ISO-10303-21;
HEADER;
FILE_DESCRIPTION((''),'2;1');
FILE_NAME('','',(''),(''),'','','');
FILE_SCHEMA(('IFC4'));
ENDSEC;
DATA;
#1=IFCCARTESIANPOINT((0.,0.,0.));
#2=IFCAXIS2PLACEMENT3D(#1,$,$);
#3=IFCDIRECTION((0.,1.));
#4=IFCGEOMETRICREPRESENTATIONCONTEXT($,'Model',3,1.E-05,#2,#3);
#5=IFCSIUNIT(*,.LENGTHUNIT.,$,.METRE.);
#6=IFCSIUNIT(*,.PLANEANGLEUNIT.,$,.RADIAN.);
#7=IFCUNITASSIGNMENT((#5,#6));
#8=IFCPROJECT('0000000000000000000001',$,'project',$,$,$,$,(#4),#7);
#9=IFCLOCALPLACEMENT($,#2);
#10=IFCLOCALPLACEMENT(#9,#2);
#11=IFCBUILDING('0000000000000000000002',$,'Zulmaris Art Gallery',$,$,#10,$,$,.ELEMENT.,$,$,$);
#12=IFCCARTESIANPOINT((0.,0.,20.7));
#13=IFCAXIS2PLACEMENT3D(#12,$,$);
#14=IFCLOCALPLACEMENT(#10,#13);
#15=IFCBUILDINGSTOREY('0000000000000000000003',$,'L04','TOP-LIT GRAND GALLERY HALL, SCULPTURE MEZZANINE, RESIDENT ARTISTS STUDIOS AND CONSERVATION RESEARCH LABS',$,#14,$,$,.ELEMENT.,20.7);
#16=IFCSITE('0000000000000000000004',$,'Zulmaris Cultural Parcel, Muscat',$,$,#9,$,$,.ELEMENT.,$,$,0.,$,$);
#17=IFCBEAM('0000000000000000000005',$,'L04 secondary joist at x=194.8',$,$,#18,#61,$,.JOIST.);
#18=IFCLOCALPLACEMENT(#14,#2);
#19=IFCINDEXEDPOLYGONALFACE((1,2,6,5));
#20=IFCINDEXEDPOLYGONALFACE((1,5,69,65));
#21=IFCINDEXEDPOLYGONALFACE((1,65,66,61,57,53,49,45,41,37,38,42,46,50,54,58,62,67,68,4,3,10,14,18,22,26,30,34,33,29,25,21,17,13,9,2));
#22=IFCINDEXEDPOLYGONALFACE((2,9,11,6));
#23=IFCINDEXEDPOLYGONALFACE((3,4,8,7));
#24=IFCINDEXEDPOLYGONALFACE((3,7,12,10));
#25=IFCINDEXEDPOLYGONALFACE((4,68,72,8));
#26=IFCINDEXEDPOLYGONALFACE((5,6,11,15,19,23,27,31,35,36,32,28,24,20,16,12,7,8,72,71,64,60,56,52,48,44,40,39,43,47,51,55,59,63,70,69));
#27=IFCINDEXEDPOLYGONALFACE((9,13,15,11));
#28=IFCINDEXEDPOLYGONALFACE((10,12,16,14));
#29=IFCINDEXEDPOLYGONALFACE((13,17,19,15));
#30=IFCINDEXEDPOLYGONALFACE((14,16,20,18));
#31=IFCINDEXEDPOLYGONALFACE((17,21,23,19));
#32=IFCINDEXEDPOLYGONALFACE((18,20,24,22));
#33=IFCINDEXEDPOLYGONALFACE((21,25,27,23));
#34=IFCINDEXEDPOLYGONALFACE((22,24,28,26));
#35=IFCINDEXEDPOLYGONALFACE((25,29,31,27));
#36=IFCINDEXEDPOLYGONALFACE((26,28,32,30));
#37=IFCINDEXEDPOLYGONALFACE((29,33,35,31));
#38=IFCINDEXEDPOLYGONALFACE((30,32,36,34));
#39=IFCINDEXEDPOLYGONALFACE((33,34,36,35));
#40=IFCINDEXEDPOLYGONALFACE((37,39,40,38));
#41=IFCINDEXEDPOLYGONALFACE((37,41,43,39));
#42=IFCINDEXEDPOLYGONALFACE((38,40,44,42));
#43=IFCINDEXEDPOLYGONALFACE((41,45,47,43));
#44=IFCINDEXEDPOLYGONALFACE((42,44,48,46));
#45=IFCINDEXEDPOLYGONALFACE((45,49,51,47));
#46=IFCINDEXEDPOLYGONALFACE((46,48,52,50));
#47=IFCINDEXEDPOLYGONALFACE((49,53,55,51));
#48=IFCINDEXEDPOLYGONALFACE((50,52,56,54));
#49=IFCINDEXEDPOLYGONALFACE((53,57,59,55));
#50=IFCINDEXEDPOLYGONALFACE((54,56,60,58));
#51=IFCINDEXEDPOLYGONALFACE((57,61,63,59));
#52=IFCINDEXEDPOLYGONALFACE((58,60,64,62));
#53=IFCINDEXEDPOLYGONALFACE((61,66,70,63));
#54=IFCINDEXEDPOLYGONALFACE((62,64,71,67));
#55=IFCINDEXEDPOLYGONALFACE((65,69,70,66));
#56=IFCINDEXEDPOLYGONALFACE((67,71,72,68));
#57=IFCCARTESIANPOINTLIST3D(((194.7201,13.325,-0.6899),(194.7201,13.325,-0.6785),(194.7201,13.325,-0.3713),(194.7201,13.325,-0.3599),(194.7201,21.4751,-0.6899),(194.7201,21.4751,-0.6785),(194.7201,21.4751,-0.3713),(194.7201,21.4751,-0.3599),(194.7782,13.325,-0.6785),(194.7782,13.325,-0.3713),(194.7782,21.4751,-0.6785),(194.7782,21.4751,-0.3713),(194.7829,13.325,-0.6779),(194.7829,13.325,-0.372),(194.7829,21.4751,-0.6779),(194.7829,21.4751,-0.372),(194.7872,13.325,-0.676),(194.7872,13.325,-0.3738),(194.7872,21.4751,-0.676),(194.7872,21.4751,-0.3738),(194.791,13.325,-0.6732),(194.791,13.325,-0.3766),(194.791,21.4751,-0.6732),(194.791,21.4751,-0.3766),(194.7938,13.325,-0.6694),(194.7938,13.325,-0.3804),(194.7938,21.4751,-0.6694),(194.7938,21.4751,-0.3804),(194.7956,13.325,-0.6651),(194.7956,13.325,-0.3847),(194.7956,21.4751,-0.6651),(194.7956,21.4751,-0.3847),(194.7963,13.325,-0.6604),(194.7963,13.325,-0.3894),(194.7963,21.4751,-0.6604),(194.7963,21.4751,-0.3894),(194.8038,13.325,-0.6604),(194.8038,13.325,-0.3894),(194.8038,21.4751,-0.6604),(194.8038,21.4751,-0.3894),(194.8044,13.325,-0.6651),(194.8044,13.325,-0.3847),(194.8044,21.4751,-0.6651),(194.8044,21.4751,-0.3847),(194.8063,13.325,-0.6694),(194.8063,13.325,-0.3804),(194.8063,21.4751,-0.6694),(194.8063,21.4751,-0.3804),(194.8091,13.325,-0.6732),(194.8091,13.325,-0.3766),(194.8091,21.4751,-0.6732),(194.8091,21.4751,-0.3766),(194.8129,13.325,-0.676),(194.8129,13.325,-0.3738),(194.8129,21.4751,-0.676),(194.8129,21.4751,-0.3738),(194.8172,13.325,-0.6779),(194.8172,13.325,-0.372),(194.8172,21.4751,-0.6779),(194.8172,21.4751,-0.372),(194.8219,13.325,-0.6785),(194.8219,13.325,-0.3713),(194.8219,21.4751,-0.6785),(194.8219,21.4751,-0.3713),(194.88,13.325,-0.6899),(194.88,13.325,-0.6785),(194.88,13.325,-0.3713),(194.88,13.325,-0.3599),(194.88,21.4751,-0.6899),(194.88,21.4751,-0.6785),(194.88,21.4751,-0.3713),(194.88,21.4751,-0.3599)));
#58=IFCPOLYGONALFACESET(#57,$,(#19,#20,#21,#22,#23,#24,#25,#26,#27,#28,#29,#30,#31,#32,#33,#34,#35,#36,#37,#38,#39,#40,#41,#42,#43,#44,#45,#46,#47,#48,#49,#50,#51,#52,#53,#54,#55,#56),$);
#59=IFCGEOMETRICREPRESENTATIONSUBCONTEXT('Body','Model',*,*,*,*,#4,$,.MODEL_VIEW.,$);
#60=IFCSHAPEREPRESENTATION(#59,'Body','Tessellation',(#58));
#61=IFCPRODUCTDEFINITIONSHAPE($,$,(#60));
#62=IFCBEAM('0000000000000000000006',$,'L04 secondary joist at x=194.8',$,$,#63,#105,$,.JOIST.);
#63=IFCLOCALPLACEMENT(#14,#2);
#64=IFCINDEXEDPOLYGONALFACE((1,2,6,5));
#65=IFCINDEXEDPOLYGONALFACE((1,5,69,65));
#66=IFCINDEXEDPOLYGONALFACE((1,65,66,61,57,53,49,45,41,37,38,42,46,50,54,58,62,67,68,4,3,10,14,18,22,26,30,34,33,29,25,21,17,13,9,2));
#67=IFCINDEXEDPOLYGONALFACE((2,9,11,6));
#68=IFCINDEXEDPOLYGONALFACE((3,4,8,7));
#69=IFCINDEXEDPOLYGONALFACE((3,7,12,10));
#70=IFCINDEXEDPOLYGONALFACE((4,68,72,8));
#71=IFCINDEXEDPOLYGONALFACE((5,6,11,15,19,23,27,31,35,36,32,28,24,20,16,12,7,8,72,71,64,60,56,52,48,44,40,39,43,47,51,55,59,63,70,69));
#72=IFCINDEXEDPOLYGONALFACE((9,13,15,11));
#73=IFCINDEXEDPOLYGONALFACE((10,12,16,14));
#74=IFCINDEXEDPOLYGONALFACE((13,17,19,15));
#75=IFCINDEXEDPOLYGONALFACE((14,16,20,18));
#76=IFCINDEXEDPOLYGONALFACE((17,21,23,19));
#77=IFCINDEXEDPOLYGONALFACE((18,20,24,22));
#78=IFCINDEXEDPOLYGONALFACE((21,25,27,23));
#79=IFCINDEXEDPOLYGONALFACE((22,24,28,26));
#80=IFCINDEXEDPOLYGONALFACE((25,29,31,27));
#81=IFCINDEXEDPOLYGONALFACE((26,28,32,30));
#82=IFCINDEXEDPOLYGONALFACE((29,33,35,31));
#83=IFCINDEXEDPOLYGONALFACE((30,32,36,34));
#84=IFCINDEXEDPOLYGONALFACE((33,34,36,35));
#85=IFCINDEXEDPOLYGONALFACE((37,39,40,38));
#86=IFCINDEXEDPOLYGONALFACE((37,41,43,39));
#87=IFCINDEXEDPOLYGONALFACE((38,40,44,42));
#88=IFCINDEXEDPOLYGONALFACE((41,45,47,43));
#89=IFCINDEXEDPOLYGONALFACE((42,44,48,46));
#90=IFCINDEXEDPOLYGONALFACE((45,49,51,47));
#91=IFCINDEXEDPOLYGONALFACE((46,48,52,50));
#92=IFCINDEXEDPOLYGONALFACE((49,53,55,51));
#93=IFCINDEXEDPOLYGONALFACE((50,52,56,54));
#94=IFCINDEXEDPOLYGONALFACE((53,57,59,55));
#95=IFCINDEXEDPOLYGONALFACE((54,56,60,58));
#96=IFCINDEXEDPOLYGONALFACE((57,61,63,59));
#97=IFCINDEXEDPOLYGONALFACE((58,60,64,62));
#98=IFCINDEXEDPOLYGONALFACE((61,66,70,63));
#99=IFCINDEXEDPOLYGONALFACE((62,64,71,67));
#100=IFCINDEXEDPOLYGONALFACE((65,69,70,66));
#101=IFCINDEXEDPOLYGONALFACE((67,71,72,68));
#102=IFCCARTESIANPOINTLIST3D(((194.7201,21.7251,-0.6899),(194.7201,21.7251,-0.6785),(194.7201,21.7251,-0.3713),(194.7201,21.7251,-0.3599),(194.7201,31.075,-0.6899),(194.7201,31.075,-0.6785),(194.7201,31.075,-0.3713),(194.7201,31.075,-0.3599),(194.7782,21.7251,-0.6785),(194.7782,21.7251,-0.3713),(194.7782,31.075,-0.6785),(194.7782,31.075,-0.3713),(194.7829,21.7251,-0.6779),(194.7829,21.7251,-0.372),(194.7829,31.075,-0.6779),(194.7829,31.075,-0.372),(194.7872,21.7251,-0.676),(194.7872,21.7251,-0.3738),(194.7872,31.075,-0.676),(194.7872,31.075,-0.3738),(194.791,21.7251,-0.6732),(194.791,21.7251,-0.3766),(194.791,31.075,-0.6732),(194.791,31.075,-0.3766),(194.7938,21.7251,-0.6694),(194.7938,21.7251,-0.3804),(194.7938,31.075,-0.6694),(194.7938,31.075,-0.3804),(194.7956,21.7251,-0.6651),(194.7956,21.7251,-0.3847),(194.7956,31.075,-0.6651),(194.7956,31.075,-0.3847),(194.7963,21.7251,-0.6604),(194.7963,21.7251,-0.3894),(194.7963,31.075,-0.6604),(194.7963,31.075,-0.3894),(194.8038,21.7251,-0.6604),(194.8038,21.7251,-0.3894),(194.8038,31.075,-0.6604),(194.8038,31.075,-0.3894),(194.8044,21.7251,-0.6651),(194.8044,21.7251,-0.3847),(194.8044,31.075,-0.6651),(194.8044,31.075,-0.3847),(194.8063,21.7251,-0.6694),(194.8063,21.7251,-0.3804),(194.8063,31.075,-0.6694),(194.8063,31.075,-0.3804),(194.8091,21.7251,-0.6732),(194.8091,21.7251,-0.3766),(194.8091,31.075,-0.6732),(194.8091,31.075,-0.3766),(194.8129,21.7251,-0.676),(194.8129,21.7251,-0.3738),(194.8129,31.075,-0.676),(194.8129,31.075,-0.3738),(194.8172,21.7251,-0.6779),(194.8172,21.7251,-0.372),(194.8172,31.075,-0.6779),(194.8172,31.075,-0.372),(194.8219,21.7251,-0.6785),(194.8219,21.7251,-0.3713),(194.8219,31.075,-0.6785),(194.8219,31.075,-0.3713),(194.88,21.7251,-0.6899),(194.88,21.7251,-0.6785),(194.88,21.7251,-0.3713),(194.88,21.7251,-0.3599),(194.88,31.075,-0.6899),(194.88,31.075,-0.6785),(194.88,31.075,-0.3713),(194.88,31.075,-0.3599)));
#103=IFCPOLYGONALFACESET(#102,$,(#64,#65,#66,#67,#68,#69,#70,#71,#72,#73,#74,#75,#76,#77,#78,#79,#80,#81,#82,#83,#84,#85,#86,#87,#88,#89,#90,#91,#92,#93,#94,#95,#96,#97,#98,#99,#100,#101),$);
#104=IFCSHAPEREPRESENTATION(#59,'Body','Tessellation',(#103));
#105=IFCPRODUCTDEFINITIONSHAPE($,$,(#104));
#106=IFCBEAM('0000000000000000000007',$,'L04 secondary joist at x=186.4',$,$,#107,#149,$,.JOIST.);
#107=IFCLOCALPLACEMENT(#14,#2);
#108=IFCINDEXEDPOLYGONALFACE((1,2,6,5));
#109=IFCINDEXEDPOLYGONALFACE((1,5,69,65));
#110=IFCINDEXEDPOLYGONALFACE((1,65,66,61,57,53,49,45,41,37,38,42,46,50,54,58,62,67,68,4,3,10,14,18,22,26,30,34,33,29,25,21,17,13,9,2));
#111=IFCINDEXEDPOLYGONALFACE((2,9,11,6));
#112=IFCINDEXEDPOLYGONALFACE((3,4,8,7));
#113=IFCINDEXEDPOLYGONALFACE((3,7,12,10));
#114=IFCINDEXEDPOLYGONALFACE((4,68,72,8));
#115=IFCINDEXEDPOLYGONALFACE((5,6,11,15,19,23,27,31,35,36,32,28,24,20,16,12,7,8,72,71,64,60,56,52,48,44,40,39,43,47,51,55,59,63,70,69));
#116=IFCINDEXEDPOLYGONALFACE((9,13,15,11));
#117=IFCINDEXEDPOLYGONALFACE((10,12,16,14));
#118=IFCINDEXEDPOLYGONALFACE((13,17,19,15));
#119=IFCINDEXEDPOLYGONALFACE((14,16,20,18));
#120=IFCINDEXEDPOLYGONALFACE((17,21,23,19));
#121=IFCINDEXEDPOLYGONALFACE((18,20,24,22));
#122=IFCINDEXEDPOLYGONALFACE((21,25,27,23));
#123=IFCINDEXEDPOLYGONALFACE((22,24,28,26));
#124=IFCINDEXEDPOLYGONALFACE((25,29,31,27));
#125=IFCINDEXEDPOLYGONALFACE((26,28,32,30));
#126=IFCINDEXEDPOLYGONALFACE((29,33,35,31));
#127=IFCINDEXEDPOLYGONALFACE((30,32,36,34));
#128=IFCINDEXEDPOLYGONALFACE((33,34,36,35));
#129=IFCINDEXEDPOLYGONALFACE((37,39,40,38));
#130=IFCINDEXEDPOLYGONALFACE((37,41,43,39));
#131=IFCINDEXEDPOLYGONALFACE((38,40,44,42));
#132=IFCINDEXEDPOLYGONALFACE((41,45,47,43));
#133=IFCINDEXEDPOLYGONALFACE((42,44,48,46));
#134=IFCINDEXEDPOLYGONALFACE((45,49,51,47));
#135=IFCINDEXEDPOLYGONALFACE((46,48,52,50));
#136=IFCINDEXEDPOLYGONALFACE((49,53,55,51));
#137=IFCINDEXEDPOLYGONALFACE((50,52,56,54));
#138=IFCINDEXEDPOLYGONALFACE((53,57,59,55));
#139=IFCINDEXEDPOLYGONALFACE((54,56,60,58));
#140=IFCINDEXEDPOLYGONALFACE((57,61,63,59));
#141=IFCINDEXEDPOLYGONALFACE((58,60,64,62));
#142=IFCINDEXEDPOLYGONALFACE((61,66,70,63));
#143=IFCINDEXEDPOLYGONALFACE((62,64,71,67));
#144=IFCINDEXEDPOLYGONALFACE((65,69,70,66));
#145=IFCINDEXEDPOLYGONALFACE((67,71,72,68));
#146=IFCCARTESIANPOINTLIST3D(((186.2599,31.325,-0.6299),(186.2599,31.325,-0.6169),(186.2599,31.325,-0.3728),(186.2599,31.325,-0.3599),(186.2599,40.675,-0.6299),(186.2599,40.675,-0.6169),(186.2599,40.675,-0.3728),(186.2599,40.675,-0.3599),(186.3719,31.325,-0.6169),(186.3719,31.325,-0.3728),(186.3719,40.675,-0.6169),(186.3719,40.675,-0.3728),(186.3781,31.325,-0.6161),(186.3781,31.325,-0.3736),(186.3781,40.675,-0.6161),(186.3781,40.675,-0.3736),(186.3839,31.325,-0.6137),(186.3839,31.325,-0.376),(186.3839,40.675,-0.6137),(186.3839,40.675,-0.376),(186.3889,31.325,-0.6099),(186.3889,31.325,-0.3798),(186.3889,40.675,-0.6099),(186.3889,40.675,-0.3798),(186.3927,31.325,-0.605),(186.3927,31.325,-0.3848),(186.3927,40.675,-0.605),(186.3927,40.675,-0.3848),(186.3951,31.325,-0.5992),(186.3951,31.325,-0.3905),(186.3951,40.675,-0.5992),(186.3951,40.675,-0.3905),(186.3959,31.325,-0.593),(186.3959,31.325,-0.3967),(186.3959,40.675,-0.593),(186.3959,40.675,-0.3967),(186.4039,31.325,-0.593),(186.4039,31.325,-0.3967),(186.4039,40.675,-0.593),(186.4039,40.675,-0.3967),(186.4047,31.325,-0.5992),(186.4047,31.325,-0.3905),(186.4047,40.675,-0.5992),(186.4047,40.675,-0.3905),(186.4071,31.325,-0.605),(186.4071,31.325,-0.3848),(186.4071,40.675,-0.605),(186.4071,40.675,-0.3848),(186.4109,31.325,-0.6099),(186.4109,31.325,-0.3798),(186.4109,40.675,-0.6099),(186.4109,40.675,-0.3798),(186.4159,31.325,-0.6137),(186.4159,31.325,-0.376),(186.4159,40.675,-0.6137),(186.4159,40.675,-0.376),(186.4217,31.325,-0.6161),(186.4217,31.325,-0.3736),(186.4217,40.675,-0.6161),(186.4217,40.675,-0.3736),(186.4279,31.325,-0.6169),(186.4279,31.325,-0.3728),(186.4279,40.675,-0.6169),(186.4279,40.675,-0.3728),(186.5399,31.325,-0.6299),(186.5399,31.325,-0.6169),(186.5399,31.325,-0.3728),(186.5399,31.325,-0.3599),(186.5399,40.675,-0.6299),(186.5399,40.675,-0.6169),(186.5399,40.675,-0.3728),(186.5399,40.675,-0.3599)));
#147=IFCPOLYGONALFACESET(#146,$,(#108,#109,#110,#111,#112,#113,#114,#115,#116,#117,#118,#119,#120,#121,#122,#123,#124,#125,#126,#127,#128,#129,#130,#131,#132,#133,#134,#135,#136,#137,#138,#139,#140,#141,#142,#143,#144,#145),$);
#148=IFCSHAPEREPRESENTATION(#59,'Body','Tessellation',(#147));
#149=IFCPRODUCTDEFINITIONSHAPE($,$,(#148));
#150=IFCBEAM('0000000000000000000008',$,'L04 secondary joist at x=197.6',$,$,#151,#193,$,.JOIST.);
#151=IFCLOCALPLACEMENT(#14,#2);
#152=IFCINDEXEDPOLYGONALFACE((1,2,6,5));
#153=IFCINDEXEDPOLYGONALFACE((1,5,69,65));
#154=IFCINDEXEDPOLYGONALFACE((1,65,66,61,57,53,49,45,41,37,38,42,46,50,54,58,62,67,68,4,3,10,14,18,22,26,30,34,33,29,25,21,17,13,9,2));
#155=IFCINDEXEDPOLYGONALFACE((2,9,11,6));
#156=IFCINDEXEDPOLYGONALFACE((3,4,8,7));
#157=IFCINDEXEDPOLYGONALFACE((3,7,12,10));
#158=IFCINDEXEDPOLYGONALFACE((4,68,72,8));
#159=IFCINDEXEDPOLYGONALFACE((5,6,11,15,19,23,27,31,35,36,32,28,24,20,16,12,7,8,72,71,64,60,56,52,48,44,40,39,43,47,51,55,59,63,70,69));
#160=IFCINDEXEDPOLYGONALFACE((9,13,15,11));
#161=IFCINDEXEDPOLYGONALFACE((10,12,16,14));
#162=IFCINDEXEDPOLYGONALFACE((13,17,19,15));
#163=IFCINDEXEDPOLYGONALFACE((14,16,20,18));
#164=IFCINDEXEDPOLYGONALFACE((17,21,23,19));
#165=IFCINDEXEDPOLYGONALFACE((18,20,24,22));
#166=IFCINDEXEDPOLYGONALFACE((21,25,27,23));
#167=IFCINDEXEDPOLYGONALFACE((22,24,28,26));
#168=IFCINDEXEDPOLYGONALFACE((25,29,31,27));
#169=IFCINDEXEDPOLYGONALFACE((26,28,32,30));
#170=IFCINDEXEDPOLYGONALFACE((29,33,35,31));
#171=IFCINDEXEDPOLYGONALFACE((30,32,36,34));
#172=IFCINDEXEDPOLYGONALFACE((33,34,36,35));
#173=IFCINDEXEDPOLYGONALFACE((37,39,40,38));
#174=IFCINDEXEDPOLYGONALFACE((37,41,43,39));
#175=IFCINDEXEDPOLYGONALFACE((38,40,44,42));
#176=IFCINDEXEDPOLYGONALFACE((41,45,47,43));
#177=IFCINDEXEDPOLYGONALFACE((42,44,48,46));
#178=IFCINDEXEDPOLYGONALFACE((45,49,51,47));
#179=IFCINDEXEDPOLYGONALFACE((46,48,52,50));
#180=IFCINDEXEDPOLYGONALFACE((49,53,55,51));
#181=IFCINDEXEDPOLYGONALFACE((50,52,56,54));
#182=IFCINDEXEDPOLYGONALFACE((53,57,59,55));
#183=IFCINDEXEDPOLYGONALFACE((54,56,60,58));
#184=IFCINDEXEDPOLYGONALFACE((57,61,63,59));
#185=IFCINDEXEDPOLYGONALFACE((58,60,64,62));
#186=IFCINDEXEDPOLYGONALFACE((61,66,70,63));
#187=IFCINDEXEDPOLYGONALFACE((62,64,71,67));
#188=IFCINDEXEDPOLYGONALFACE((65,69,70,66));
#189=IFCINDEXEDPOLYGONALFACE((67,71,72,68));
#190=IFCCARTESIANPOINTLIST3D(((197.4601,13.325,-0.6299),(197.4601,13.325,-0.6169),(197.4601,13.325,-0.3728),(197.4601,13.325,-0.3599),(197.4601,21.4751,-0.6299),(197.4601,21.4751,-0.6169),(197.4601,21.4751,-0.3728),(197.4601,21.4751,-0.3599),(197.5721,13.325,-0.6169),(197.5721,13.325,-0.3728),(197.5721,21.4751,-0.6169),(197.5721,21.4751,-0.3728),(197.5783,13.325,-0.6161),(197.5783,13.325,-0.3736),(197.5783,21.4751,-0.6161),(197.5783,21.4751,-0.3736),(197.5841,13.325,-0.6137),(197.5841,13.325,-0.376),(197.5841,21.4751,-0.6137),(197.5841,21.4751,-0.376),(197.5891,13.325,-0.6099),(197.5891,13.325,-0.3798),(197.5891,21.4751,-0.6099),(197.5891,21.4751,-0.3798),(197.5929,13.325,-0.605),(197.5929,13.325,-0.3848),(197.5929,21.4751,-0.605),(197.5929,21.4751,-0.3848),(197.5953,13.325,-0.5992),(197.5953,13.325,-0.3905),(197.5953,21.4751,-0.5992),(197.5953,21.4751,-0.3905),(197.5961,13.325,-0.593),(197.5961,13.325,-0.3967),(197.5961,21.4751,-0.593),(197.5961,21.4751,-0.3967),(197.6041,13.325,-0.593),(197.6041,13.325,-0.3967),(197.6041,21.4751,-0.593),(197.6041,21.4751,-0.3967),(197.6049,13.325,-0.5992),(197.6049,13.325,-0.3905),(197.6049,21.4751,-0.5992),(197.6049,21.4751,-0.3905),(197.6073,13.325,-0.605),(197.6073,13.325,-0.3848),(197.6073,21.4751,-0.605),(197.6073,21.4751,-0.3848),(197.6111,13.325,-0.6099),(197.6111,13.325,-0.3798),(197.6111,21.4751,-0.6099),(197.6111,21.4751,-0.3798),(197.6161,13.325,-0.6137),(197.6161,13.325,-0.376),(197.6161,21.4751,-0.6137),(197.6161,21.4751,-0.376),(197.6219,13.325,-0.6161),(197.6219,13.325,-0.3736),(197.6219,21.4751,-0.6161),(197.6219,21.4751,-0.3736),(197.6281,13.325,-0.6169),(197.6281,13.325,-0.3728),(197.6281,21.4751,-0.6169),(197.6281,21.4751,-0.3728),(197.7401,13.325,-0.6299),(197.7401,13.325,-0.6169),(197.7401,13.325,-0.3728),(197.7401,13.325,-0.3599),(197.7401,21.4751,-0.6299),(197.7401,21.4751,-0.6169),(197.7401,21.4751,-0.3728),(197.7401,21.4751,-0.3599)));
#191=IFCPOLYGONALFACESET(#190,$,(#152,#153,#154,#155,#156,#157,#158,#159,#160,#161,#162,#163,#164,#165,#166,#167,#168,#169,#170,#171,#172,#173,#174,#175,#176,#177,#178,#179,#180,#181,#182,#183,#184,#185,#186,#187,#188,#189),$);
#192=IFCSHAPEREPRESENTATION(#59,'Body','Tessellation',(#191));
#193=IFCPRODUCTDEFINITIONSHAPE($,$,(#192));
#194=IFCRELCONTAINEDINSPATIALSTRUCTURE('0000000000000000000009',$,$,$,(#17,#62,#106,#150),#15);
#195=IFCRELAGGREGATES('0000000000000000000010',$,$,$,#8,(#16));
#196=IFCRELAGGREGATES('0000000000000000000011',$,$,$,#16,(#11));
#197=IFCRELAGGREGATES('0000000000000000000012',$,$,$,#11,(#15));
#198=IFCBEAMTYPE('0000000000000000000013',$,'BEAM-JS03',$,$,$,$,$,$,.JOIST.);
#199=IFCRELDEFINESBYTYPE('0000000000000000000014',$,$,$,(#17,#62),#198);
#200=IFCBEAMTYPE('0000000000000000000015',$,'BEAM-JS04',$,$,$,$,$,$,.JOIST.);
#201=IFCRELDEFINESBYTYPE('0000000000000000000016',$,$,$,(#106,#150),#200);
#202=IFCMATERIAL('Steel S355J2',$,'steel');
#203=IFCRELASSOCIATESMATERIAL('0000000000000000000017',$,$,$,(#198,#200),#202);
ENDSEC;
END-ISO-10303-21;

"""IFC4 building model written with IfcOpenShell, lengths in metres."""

from ifc_helpers import new_model, si_unit, direction, frame, origin, origin_2d, place, context, subcontext, project, spatial, i_section, extrude, material, material_profile, profile_set, type_object, element, save


model = new_model("IFC4")

# Units and contexts
model_context = context("Model", 3, precision=1e-05, world=origin(), true_north=direction((0.0, 1.0)))
body_context = subcontext(model_context, "Body", "Model", "MODEL_VIEW")
ifc_project = project(units=[si_unit("LENGTHUNIT", "METRE"), si_unit("PLANEANGLEUNIT", "RADIAN")], contexts=[model_context])

# Site, building, storey
site_placement = place(None, origin())
site = spatial("IfcSite", under=ifc_project, at=site_placement, Name="Zulmaris Cultural Parcel, Muscat", CompositionType="ELEMENT", RefElevation=0.0)
building_placement = place(site_placement, origin())
building = spatial("IfcBuilding", under=site, at=building_placement, Name="Zulmaris Art Gallery", CompositionType="ELEMENT")
storey_placement = place(building_placement, frame((0.0, 0.0, 20.7)))
storey = spatial("IfcBuildingStorey", under=building, at=storey_placement, Name="L04", Description="TOP-LIT GRAND GALLERY HALL, SCULPTURE MEZZANINE, RESIDENT ARTISTS STUDIOS AND CONSERVATION RESEARCH LABS", CompositionType="ELEMENT", Elevation=20.7)

# Beams
ifc_material_1 = material(Name="Steel S355J2", Category="steel")
ifc_material_profile_1 = material_profile(ifc_material_1, i_section(OverallWidth=0.1599, OverallDepth=0.3301, WebThickness=0.0076, FlangeThickness=0.0115, FilletRadius=0.0181, at=origin_2d()), Name="IPE 330")
ifc_profile_set_1 = profile_set([ifc_material_profile_1], Name="Steel S355J2")
beam_type_1 = type_object("IfcBeamType", Name="BEAM-JS03", PredefinedType="JOIST", material=ifc_profile_set_1)
beam_1_placement = place(storey_placement, frame((194.8, 13.325, -0.5249), z_axis=(0.0, 1.0, 0.0), x_axis=(-1.0, 0.0, 0.0)))
element("IfcBeam", 1, at=beam_1_placement, inside=storey, type_object=beam_type_1, Name="L04 secondary joist at x=194.8", PredefinedType="JOIST", context=body_context, shape_type="SweptSolid", body=[
    extrude(i_section(OverallWidth=0.1599, OverallDepth=0.3301, WebThickness=0.0076, FlangeThickness=0.0115, FilletRadius=0.0181, at=origin_2d()), origin(), (0.0, 0.0, 1.0), 8.1501),
])
beam_2_placement = place(storey_placement, frame((194.8, 21.7251, -0.5249), z_axis=(0.0, 1.0, 0.0), x_axis=(-1.0, 0.0, 0.0)))
element("IfcBeam", 2, at=beam_2_placement, inside=storey, type_object=beam_type_1, Name="L04 secondary joist at x=194.8", PredefinedType="JOIST", context=body_context, shape_type="SweptSolid", body=[
    extrude(i_section(OverallWidth=0.1599, OverallDepth=0.3301, WebThickness=0.0076, FlangeThickness=0.0115, FilletRadius=0.0181, at=origin_2d()), origin(), (0.0, 0.0, 1.0), 9.3499),
])
ifc_material_profile_2 = material_profile(ifc_material_1, i_section(OverallWidth=0.28, OverallDepth=0.27, WebThickness=0.0081, FlangeThickness=0.0129, FilletRadius=0.0239, at=origin_2d()), Name="HEA 280")
ifc_profile_set_2 = profile_set([ifc_material_profile_2], Name="Steel S355J2")
beam_type_2 = type_object("IfcBeamType", Name="BEAM-JS04", PredefinedType="JOIST", material=ifc_profile_set_2)
beam_3_placement = place(storey_placement, frame((186.3999, 31.325, -0.4949), z_axis=(0.0, 1.0, 0.0), x_axis=(-1.0, 0.0, 0.0)))
element("IfcBeam", 3, at=beam_3_placement, inside=storey, type_object=beam_type_2, Name="L04 secondary joist at x=186.4", PredefinedType="JOIST", context=body_context, shape_type="SweptSolid", body=[
    extrude(i_section(OverallWidth=0.28, OverallDepth=0.27, WebThickness=0.0081, FlangeThickness=0.0129, FilletRadius=0.0239, at=origin_2d()), origin(), (0.0, 0.0, 1.0), 9.3501),
])
beam_4_placement = place(storey_placement, frame((197.6001, 13.325, -0.4949), z_axis=(0.0, 1.0, 0.0), x_axis=(-1.0, 0.0, 0.0)))
element("IfcBeam", 4, at=beam_4_placement, inside=storey, type_object=beam_type_2, Name="L04 secondary joist at x=197.6", PredefinedType="JOIST", context=body_context, shape_type="SweptSolid", body=[
    extrude(i_section(OverallWidth=0.28, OverallDepth=0.27, WebThickness=0.0081, FlangeThickness=0.0129, FilletRadius=0.0239, at=origin_2d()), origin(), (0.0, 0.0, 1.0), 8.1501),
])

save(model, "model.ifc")
